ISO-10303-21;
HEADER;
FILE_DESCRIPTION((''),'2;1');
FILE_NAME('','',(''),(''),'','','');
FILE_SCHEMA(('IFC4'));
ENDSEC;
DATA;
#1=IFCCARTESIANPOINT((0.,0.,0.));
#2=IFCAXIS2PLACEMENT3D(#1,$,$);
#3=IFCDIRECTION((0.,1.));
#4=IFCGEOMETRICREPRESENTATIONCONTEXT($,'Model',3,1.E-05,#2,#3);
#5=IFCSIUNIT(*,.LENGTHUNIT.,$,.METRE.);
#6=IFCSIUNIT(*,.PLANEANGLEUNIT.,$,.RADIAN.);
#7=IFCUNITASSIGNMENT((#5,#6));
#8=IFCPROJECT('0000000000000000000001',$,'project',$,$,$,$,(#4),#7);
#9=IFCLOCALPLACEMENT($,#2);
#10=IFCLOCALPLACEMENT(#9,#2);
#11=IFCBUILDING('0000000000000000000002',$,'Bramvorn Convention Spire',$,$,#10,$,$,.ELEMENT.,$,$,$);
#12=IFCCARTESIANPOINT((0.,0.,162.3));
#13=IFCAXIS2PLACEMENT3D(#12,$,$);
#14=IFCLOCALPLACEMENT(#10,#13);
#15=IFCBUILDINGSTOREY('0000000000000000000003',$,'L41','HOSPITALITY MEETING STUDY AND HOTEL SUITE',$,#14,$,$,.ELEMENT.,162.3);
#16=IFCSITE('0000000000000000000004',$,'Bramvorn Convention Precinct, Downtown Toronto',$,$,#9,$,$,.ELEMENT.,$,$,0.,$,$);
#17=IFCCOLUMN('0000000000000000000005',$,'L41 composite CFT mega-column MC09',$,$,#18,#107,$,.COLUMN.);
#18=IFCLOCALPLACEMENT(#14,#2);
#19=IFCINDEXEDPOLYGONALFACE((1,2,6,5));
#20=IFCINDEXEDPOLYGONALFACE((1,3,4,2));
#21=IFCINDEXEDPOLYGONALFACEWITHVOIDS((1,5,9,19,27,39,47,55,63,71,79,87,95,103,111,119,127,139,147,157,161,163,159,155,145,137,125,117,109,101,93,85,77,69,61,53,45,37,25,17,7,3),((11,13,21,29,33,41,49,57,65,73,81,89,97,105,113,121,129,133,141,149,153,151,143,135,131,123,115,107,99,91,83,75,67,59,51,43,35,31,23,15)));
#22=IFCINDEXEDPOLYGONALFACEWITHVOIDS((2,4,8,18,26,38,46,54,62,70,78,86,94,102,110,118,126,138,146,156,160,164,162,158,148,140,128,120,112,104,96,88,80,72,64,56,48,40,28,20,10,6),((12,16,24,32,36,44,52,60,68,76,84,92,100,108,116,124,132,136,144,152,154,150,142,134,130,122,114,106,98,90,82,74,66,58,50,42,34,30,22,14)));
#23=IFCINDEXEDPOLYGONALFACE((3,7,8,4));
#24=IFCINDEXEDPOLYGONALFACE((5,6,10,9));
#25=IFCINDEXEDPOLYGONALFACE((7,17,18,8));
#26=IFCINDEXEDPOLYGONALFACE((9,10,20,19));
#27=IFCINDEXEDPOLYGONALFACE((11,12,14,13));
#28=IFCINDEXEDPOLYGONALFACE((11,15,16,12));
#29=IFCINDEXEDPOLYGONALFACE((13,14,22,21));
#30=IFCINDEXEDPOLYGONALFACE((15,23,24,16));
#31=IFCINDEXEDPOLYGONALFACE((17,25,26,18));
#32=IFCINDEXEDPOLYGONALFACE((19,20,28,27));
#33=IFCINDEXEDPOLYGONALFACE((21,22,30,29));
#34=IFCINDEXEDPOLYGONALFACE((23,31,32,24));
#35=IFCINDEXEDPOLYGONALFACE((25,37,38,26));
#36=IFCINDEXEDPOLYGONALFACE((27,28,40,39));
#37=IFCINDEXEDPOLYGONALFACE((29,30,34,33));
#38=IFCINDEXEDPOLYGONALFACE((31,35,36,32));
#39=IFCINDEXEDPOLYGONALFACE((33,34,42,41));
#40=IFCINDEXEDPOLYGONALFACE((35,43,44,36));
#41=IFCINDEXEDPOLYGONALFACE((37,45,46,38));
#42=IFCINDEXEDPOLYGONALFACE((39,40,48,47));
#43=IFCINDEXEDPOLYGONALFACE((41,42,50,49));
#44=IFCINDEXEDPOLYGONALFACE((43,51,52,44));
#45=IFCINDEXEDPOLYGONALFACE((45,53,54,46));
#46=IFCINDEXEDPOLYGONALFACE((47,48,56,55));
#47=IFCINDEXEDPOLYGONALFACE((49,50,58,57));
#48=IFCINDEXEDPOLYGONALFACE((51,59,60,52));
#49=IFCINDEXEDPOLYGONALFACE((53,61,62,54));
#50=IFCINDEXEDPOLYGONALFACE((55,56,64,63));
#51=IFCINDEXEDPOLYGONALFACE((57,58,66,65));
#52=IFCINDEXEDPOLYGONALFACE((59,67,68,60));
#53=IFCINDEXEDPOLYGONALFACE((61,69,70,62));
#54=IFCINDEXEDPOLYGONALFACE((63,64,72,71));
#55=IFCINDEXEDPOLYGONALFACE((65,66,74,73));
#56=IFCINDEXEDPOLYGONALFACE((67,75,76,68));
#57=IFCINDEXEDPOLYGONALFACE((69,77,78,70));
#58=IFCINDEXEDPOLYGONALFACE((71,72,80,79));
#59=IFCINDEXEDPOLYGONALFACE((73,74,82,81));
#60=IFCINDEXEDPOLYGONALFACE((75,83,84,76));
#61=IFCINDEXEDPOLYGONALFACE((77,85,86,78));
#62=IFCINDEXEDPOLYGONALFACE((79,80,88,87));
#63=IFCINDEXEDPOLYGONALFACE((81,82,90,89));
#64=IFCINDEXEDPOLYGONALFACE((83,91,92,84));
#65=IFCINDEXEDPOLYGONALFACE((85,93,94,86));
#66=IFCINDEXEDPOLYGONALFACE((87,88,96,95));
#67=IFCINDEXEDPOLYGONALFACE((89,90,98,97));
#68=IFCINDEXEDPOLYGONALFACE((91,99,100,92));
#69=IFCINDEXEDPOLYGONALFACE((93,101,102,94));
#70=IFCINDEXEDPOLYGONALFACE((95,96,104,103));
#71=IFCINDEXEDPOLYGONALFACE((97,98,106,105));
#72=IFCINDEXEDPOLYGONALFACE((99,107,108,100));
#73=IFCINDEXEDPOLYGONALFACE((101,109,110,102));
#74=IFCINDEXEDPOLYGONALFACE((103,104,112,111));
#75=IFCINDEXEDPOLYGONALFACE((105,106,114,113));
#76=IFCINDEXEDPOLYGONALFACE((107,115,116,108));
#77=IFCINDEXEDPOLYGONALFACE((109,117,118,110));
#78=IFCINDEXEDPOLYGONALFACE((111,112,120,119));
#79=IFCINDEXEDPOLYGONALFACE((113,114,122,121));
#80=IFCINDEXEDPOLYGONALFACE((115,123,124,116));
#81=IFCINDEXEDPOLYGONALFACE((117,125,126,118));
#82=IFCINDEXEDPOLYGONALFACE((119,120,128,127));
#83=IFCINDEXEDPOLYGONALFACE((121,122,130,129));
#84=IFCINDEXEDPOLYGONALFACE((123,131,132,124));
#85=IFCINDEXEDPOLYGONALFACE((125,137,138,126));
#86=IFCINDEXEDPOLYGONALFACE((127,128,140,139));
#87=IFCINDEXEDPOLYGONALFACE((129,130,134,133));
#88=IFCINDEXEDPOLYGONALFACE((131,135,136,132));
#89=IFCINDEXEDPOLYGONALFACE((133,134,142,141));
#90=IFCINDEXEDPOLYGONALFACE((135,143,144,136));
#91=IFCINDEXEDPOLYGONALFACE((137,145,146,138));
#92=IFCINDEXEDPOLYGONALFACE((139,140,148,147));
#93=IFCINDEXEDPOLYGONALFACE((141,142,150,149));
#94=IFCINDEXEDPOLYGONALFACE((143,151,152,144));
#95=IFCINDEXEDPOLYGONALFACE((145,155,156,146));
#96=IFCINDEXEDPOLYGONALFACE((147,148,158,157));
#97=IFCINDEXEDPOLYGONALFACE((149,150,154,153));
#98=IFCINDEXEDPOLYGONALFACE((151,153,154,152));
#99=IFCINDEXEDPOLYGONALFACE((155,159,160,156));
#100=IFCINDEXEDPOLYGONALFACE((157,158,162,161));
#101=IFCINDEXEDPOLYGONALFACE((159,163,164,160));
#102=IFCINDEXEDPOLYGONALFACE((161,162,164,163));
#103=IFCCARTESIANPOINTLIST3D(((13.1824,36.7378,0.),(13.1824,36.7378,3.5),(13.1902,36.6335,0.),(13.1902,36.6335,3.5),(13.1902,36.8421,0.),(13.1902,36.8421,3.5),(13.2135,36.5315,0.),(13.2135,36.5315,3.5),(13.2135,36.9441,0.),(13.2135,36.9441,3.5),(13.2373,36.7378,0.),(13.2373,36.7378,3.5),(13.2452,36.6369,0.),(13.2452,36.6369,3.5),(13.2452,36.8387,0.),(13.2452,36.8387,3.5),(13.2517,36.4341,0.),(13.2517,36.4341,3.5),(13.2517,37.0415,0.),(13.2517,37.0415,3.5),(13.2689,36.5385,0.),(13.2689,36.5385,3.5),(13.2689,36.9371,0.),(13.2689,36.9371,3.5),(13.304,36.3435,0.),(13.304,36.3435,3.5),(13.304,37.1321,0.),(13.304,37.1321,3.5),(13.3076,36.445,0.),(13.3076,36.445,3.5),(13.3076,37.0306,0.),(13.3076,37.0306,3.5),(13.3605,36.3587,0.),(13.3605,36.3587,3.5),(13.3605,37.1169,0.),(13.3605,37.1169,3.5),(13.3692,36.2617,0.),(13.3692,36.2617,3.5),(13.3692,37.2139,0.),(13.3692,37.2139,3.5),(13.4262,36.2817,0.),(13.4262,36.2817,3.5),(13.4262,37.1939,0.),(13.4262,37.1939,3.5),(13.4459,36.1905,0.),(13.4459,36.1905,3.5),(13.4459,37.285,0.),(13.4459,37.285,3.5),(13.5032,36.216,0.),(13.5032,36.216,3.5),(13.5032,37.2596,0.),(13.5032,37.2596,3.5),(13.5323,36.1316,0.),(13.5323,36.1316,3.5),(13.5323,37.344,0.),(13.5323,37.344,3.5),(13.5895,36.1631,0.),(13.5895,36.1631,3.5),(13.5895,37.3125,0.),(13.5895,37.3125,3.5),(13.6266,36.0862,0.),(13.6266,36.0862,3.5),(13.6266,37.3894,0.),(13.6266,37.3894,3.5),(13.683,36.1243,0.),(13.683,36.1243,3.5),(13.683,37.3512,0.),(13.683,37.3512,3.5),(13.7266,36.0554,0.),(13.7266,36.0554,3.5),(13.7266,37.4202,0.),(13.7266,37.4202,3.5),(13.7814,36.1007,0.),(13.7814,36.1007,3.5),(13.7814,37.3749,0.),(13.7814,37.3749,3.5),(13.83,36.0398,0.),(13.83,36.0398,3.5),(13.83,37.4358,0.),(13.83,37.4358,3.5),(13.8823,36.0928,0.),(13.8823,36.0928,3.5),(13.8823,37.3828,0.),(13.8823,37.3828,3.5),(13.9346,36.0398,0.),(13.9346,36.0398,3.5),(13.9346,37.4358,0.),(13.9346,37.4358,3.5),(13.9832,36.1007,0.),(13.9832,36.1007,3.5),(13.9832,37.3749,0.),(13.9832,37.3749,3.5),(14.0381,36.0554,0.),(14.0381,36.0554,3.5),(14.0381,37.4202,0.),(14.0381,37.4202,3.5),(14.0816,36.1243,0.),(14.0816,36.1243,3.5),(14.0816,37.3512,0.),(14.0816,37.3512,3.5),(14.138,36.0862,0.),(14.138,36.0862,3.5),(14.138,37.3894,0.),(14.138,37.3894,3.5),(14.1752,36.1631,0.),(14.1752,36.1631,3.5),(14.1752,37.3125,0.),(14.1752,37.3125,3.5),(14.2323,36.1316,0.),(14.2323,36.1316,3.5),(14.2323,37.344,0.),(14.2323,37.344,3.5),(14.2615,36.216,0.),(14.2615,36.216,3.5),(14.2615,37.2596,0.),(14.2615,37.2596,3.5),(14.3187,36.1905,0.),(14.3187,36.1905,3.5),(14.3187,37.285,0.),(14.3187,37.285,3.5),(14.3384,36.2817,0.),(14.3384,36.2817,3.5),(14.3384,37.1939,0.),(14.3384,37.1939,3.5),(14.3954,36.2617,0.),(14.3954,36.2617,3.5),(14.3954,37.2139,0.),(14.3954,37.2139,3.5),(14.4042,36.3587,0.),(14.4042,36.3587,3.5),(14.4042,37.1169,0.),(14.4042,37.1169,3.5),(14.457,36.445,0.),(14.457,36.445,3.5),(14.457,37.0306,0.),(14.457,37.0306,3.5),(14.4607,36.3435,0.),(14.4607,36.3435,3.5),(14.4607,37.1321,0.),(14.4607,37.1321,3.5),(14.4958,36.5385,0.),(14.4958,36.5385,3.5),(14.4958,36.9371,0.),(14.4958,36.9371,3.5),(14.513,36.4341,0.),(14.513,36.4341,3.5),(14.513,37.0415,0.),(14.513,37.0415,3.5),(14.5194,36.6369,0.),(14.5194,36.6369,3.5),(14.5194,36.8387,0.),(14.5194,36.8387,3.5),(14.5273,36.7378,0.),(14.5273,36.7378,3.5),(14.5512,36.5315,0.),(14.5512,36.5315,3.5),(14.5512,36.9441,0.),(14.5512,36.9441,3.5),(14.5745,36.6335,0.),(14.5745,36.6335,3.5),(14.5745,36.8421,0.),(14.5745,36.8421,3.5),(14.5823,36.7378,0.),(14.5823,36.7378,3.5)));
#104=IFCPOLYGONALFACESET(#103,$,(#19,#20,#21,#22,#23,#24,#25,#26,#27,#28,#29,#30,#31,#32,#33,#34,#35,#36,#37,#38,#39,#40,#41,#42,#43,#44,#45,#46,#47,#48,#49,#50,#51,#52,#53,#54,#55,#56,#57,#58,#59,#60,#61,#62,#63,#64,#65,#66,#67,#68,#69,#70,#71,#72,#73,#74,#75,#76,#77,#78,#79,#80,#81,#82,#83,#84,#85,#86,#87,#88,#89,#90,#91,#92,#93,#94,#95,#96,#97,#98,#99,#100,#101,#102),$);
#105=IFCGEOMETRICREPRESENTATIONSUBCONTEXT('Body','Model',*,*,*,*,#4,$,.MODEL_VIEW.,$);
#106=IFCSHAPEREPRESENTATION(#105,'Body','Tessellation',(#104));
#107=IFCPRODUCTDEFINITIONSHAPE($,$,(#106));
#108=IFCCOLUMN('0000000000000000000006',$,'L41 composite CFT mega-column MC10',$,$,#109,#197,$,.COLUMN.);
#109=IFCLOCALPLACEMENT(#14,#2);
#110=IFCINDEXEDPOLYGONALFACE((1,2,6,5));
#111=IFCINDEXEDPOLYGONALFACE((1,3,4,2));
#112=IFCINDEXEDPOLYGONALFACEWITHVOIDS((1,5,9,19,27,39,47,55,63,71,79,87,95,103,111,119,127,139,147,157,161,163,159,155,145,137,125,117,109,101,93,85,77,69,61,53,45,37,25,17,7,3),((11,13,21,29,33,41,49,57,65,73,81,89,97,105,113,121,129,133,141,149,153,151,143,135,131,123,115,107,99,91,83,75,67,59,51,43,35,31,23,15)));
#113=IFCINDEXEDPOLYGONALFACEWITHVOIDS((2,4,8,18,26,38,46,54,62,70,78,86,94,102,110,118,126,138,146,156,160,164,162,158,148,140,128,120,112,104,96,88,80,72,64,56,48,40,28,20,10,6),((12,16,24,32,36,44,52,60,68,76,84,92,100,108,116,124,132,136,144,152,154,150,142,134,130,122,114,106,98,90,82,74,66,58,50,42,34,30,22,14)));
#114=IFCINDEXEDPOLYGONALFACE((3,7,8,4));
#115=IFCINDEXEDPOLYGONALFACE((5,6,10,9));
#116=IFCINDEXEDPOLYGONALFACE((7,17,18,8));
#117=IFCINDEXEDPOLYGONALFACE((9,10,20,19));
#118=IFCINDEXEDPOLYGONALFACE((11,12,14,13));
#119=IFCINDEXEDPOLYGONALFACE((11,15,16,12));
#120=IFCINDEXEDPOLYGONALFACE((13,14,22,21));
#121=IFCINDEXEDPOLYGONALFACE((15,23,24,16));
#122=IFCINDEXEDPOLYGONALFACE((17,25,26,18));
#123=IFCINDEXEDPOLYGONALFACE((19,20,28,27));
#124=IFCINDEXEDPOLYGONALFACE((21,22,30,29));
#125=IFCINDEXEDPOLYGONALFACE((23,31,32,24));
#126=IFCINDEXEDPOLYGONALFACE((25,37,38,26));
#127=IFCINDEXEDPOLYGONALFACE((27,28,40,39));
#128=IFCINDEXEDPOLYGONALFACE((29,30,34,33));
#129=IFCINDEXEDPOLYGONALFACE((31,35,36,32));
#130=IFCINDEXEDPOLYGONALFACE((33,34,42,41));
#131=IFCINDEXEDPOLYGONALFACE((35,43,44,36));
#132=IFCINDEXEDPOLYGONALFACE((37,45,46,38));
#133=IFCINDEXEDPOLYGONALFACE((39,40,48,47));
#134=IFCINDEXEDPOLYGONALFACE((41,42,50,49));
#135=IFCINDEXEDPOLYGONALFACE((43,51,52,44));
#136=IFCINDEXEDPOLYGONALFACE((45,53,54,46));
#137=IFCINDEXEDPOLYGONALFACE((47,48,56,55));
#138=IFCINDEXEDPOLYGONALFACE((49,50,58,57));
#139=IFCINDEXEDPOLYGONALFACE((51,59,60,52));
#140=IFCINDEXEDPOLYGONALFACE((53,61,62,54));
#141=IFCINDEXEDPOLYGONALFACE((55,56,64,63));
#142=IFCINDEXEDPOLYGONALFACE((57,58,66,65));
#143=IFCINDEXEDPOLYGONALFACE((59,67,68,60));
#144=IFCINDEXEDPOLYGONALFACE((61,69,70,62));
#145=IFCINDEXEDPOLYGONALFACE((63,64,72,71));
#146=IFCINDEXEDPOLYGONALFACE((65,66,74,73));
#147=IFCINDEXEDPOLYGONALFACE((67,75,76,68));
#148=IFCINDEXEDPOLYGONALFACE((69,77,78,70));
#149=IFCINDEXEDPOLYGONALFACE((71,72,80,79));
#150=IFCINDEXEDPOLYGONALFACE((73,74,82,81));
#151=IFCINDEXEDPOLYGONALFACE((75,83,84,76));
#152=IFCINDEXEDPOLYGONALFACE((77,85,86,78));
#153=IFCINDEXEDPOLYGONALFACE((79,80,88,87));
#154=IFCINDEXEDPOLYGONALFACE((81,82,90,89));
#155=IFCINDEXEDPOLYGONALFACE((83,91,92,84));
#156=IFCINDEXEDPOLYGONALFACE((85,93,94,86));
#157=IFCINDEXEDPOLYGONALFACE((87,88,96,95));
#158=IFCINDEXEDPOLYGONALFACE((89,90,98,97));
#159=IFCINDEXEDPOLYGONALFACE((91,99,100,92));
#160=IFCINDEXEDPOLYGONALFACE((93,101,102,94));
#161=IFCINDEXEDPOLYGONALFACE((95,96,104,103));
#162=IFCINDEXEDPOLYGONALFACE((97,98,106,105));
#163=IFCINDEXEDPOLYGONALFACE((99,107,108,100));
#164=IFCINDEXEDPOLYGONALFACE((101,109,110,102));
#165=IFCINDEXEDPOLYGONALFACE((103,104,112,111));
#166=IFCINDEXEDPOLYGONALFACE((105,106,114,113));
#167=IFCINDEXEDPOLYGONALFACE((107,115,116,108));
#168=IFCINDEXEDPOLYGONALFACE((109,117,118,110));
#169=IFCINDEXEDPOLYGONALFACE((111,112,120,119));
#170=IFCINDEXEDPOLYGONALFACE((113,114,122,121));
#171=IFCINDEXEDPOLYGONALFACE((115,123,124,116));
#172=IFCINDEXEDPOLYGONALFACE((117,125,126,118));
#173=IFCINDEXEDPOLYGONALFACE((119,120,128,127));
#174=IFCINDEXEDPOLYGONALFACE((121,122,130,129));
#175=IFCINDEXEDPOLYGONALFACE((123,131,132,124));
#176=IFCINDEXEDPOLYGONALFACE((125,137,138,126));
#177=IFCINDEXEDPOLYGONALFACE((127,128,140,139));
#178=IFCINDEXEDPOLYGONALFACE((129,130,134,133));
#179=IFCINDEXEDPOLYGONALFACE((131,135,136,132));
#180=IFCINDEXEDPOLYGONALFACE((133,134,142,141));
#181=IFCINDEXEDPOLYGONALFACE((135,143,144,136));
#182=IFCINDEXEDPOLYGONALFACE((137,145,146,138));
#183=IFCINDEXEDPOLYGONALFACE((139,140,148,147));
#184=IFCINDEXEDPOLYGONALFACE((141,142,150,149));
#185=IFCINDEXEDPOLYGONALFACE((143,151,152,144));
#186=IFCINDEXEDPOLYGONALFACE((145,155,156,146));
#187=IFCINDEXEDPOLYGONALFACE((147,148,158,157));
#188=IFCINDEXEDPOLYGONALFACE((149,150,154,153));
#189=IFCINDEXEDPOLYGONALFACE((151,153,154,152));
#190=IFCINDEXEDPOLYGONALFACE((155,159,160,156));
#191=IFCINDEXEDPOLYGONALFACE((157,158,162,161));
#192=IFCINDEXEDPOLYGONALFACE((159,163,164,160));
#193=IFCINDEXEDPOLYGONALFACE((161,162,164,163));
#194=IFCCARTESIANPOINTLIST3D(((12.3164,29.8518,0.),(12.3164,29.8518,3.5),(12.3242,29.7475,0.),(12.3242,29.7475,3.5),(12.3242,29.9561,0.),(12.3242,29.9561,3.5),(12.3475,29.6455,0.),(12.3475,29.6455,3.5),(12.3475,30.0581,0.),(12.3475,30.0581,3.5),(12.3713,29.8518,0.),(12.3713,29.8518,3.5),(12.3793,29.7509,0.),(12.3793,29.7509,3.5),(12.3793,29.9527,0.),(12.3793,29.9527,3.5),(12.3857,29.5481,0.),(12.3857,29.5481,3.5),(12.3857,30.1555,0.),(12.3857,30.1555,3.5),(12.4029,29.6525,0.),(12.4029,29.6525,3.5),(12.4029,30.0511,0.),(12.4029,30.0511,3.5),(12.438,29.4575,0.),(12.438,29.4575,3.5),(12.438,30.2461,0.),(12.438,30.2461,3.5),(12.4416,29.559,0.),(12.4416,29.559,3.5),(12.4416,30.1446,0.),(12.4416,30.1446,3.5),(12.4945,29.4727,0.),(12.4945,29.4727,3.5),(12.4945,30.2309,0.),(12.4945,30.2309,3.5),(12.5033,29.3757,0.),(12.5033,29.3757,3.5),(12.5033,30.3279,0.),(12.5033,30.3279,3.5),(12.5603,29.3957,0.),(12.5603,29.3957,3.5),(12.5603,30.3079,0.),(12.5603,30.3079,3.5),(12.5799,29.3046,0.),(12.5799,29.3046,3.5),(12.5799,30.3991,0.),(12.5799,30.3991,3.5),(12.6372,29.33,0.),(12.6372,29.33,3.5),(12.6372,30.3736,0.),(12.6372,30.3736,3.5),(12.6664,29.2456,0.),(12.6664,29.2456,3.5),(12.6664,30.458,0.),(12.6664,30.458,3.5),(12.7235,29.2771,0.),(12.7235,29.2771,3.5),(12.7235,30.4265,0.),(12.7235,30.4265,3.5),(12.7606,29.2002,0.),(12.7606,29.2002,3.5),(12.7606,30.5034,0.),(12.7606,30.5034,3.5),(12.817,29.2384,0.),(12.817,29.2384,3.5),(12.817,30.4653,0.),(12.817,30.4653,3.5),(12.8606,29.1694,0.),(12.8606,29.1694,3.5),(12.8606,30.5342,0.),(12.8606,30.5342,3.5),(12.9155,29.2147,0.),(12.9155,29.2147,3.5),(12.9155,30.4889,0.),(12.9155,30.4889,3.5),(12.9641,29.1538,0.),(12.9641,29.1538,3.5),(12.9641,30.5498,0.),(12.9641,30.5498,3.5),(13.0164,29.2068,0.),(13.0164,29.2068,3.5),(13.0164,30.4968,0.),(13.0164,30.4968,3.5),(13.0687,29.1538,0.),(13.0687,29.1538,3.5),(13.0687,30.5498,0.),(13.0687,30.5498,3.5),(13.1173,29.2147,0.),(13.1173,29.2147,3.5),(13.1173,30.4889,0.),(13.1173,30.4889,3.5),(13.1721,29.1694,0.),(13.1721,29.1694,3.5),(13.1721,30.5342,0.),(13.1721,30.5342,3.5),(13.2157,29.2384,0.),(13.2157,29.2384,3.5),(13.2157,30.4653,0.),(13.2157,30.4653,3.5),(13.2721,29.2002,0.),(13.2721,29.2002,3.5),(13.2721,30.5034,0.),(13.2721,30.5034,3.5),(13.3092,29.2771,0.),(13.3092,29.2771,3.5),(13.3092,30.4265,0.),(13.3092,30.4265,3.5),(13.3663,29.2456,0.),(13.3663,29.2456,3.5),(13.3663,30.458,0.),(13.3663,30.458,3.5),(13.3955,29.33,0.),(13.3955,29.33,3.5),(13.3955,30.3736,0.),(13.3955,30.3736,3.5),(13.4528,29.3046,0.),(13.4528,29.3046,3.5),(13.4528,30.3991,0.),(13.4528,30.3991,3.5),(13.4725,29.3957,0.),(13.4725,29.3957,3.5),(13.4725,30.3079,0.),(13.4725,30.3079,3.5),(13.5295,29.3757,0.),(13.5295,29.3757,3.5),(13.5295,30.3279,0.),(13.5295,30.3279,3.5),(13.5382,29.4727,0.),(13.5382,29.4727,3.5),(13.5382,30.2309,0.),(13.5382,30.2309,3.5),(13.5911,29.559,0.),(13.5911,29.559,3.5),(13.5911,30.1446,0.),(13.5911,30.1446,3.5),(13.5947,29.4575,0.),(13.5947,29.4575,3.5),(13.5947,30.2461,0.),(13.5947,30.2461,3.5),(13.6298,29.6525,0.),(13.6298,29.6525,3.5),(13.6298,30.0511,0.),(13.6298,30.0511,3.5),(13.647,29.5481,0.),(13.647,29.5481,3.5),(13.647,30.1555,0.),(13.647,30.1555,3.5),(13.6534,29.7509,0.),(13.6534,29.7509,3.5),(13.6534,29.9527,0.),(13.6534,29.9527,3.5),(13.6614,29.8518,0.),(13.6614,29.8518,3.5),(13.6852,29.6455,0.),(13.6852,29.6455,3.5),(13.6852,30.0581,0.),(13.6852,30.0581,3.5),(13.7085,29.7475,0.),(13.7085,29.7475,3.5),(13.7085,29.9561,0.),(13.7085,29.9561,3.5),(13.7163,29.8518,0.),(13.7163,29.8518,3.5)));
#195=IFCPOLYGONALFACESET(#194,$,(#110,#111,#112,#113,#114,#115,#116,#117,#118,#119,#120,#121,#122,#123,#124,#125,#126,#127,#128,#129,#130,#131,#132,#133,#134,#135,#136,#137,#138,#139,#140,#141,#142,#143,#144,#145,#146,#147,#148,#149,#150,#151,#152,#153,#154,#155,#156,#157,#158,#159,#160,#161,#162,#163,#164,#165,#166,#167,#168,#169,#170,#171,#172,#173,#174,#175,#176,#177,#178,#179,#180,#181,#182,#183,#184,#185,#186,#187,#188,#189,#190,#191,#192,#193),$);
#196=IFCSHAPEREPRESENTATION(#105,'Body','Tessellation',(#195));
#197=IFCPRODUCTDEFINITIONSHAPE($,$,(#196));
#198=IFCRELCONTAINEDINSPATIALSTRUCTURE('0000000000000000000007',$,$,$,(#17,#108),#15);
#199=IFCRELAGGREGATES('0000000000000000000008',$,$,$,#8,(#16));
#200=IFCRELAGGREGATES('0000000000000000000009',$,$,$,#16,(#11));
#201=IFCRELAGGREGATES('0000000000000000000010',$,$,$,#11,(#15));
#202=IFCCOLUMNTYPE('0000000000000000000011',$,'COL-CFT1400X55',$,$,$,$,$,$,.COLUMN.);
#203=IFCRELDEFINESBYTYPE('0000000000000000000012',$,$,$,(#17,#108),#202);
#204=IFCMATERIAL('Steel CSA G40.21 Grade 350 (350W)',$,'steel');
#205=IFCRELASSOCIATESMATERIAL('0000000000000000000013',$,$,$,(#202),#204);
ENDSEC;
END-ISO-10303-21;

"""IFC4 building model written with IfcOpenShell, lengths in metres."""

from ifc_helpers import new_model, si_unit, direction, frame, origin, origin_2d, place, context, subcontext, project, spatial, hollow_circle, extrude, material, material_profile, profile_set, type_object, element, save


model = new_model("IFC4")

# Units and contexts
model_context = context("Model", 3, precision=1e-05, world=origin(), true_north=direction((0.0, 1.0)))
body_context = subcontext(model_context, "Body", "Model", "MODEL_VIEW")
ifc_project = project(units=[si_unit("LENGTHUNIT", "METRE"), si_unit("PLANEANGLEUNIT", "RADIAN")], contexts=[model_context])

# Site, building, storey
site_placement = place(None, origin())
site = spatial("IfcSite", under=ifc_project, at=site_placement, Name="Bramvorn Convention Precinct, Downtown Toronto", CompositionType="ELEMENT", RefElevation=0.0)
building_placement = place(site_placement, origin())
building = spatial("IfcBuilding", under=site, at=building_placement, Name="Bramvorn Convention Spire", CompositionType="ELEMENT")
storey_placement = place(building_placement, frame((0.0, 0.0, 162.3)))
storey = spatial("IfcBuildingStorey", under=building, at=storey_placement, Name="L41", Description="HOSPITALITY MEETING STUDY AND HOTEL SUITE", CompositionType="ELEMENT", Elevation=162.3)

# Columns
ifc_material_1 = material(Name="Steel CSA G40.21 Grade 350 (350W)", Category="steel")
ifc_material_profile_1 = material_profile(ifc_material_1, hollow_circle(Radius=0.7, WallThickness=0.0549, at=origin_2d()))
ifc_profile_set_1 = profile_set([ifc_material_profile_1], Name="Steel CSA G40.21 Grade 350 (350W) - CFT1400X55")
column_type = type_object("IfcColumnType", Name="COL-CFT1400X55", PredefinedType="COLUMN", material=ifc_profile_set_1)
for number, where, z_axis, x_axis, name in (
    (1, (13.8823, 36.7378, 0.0), (0.0, 0.0, 1.0), (1.0, 0.0, 0.0), "L41 composite CFT mega-column MC09"),
    (2, (13.0164, 29.8518, 0.0), (0.0, 0.0, 1.0), (1.0, 0.0, 0.0), "L41 composite CFT mega-column MC10"),
):
    element("IfcColumn", number, at=place(storey_placement, frame(where, z_axis=z_axis, x_axis=x_axis)), inside=storey, type_object=column_type, Name=name, PredefinedType="COLUMN", context=body_context, shape_type="SweptSolid", body=[
        extrude(hollow_circle(Radius=0.7, WallThickness=0.0549, at=origin_2d()), origin(), (0.0, 0.0, 1.0), 3.5),
    ])

save(model, "model.ifc")
